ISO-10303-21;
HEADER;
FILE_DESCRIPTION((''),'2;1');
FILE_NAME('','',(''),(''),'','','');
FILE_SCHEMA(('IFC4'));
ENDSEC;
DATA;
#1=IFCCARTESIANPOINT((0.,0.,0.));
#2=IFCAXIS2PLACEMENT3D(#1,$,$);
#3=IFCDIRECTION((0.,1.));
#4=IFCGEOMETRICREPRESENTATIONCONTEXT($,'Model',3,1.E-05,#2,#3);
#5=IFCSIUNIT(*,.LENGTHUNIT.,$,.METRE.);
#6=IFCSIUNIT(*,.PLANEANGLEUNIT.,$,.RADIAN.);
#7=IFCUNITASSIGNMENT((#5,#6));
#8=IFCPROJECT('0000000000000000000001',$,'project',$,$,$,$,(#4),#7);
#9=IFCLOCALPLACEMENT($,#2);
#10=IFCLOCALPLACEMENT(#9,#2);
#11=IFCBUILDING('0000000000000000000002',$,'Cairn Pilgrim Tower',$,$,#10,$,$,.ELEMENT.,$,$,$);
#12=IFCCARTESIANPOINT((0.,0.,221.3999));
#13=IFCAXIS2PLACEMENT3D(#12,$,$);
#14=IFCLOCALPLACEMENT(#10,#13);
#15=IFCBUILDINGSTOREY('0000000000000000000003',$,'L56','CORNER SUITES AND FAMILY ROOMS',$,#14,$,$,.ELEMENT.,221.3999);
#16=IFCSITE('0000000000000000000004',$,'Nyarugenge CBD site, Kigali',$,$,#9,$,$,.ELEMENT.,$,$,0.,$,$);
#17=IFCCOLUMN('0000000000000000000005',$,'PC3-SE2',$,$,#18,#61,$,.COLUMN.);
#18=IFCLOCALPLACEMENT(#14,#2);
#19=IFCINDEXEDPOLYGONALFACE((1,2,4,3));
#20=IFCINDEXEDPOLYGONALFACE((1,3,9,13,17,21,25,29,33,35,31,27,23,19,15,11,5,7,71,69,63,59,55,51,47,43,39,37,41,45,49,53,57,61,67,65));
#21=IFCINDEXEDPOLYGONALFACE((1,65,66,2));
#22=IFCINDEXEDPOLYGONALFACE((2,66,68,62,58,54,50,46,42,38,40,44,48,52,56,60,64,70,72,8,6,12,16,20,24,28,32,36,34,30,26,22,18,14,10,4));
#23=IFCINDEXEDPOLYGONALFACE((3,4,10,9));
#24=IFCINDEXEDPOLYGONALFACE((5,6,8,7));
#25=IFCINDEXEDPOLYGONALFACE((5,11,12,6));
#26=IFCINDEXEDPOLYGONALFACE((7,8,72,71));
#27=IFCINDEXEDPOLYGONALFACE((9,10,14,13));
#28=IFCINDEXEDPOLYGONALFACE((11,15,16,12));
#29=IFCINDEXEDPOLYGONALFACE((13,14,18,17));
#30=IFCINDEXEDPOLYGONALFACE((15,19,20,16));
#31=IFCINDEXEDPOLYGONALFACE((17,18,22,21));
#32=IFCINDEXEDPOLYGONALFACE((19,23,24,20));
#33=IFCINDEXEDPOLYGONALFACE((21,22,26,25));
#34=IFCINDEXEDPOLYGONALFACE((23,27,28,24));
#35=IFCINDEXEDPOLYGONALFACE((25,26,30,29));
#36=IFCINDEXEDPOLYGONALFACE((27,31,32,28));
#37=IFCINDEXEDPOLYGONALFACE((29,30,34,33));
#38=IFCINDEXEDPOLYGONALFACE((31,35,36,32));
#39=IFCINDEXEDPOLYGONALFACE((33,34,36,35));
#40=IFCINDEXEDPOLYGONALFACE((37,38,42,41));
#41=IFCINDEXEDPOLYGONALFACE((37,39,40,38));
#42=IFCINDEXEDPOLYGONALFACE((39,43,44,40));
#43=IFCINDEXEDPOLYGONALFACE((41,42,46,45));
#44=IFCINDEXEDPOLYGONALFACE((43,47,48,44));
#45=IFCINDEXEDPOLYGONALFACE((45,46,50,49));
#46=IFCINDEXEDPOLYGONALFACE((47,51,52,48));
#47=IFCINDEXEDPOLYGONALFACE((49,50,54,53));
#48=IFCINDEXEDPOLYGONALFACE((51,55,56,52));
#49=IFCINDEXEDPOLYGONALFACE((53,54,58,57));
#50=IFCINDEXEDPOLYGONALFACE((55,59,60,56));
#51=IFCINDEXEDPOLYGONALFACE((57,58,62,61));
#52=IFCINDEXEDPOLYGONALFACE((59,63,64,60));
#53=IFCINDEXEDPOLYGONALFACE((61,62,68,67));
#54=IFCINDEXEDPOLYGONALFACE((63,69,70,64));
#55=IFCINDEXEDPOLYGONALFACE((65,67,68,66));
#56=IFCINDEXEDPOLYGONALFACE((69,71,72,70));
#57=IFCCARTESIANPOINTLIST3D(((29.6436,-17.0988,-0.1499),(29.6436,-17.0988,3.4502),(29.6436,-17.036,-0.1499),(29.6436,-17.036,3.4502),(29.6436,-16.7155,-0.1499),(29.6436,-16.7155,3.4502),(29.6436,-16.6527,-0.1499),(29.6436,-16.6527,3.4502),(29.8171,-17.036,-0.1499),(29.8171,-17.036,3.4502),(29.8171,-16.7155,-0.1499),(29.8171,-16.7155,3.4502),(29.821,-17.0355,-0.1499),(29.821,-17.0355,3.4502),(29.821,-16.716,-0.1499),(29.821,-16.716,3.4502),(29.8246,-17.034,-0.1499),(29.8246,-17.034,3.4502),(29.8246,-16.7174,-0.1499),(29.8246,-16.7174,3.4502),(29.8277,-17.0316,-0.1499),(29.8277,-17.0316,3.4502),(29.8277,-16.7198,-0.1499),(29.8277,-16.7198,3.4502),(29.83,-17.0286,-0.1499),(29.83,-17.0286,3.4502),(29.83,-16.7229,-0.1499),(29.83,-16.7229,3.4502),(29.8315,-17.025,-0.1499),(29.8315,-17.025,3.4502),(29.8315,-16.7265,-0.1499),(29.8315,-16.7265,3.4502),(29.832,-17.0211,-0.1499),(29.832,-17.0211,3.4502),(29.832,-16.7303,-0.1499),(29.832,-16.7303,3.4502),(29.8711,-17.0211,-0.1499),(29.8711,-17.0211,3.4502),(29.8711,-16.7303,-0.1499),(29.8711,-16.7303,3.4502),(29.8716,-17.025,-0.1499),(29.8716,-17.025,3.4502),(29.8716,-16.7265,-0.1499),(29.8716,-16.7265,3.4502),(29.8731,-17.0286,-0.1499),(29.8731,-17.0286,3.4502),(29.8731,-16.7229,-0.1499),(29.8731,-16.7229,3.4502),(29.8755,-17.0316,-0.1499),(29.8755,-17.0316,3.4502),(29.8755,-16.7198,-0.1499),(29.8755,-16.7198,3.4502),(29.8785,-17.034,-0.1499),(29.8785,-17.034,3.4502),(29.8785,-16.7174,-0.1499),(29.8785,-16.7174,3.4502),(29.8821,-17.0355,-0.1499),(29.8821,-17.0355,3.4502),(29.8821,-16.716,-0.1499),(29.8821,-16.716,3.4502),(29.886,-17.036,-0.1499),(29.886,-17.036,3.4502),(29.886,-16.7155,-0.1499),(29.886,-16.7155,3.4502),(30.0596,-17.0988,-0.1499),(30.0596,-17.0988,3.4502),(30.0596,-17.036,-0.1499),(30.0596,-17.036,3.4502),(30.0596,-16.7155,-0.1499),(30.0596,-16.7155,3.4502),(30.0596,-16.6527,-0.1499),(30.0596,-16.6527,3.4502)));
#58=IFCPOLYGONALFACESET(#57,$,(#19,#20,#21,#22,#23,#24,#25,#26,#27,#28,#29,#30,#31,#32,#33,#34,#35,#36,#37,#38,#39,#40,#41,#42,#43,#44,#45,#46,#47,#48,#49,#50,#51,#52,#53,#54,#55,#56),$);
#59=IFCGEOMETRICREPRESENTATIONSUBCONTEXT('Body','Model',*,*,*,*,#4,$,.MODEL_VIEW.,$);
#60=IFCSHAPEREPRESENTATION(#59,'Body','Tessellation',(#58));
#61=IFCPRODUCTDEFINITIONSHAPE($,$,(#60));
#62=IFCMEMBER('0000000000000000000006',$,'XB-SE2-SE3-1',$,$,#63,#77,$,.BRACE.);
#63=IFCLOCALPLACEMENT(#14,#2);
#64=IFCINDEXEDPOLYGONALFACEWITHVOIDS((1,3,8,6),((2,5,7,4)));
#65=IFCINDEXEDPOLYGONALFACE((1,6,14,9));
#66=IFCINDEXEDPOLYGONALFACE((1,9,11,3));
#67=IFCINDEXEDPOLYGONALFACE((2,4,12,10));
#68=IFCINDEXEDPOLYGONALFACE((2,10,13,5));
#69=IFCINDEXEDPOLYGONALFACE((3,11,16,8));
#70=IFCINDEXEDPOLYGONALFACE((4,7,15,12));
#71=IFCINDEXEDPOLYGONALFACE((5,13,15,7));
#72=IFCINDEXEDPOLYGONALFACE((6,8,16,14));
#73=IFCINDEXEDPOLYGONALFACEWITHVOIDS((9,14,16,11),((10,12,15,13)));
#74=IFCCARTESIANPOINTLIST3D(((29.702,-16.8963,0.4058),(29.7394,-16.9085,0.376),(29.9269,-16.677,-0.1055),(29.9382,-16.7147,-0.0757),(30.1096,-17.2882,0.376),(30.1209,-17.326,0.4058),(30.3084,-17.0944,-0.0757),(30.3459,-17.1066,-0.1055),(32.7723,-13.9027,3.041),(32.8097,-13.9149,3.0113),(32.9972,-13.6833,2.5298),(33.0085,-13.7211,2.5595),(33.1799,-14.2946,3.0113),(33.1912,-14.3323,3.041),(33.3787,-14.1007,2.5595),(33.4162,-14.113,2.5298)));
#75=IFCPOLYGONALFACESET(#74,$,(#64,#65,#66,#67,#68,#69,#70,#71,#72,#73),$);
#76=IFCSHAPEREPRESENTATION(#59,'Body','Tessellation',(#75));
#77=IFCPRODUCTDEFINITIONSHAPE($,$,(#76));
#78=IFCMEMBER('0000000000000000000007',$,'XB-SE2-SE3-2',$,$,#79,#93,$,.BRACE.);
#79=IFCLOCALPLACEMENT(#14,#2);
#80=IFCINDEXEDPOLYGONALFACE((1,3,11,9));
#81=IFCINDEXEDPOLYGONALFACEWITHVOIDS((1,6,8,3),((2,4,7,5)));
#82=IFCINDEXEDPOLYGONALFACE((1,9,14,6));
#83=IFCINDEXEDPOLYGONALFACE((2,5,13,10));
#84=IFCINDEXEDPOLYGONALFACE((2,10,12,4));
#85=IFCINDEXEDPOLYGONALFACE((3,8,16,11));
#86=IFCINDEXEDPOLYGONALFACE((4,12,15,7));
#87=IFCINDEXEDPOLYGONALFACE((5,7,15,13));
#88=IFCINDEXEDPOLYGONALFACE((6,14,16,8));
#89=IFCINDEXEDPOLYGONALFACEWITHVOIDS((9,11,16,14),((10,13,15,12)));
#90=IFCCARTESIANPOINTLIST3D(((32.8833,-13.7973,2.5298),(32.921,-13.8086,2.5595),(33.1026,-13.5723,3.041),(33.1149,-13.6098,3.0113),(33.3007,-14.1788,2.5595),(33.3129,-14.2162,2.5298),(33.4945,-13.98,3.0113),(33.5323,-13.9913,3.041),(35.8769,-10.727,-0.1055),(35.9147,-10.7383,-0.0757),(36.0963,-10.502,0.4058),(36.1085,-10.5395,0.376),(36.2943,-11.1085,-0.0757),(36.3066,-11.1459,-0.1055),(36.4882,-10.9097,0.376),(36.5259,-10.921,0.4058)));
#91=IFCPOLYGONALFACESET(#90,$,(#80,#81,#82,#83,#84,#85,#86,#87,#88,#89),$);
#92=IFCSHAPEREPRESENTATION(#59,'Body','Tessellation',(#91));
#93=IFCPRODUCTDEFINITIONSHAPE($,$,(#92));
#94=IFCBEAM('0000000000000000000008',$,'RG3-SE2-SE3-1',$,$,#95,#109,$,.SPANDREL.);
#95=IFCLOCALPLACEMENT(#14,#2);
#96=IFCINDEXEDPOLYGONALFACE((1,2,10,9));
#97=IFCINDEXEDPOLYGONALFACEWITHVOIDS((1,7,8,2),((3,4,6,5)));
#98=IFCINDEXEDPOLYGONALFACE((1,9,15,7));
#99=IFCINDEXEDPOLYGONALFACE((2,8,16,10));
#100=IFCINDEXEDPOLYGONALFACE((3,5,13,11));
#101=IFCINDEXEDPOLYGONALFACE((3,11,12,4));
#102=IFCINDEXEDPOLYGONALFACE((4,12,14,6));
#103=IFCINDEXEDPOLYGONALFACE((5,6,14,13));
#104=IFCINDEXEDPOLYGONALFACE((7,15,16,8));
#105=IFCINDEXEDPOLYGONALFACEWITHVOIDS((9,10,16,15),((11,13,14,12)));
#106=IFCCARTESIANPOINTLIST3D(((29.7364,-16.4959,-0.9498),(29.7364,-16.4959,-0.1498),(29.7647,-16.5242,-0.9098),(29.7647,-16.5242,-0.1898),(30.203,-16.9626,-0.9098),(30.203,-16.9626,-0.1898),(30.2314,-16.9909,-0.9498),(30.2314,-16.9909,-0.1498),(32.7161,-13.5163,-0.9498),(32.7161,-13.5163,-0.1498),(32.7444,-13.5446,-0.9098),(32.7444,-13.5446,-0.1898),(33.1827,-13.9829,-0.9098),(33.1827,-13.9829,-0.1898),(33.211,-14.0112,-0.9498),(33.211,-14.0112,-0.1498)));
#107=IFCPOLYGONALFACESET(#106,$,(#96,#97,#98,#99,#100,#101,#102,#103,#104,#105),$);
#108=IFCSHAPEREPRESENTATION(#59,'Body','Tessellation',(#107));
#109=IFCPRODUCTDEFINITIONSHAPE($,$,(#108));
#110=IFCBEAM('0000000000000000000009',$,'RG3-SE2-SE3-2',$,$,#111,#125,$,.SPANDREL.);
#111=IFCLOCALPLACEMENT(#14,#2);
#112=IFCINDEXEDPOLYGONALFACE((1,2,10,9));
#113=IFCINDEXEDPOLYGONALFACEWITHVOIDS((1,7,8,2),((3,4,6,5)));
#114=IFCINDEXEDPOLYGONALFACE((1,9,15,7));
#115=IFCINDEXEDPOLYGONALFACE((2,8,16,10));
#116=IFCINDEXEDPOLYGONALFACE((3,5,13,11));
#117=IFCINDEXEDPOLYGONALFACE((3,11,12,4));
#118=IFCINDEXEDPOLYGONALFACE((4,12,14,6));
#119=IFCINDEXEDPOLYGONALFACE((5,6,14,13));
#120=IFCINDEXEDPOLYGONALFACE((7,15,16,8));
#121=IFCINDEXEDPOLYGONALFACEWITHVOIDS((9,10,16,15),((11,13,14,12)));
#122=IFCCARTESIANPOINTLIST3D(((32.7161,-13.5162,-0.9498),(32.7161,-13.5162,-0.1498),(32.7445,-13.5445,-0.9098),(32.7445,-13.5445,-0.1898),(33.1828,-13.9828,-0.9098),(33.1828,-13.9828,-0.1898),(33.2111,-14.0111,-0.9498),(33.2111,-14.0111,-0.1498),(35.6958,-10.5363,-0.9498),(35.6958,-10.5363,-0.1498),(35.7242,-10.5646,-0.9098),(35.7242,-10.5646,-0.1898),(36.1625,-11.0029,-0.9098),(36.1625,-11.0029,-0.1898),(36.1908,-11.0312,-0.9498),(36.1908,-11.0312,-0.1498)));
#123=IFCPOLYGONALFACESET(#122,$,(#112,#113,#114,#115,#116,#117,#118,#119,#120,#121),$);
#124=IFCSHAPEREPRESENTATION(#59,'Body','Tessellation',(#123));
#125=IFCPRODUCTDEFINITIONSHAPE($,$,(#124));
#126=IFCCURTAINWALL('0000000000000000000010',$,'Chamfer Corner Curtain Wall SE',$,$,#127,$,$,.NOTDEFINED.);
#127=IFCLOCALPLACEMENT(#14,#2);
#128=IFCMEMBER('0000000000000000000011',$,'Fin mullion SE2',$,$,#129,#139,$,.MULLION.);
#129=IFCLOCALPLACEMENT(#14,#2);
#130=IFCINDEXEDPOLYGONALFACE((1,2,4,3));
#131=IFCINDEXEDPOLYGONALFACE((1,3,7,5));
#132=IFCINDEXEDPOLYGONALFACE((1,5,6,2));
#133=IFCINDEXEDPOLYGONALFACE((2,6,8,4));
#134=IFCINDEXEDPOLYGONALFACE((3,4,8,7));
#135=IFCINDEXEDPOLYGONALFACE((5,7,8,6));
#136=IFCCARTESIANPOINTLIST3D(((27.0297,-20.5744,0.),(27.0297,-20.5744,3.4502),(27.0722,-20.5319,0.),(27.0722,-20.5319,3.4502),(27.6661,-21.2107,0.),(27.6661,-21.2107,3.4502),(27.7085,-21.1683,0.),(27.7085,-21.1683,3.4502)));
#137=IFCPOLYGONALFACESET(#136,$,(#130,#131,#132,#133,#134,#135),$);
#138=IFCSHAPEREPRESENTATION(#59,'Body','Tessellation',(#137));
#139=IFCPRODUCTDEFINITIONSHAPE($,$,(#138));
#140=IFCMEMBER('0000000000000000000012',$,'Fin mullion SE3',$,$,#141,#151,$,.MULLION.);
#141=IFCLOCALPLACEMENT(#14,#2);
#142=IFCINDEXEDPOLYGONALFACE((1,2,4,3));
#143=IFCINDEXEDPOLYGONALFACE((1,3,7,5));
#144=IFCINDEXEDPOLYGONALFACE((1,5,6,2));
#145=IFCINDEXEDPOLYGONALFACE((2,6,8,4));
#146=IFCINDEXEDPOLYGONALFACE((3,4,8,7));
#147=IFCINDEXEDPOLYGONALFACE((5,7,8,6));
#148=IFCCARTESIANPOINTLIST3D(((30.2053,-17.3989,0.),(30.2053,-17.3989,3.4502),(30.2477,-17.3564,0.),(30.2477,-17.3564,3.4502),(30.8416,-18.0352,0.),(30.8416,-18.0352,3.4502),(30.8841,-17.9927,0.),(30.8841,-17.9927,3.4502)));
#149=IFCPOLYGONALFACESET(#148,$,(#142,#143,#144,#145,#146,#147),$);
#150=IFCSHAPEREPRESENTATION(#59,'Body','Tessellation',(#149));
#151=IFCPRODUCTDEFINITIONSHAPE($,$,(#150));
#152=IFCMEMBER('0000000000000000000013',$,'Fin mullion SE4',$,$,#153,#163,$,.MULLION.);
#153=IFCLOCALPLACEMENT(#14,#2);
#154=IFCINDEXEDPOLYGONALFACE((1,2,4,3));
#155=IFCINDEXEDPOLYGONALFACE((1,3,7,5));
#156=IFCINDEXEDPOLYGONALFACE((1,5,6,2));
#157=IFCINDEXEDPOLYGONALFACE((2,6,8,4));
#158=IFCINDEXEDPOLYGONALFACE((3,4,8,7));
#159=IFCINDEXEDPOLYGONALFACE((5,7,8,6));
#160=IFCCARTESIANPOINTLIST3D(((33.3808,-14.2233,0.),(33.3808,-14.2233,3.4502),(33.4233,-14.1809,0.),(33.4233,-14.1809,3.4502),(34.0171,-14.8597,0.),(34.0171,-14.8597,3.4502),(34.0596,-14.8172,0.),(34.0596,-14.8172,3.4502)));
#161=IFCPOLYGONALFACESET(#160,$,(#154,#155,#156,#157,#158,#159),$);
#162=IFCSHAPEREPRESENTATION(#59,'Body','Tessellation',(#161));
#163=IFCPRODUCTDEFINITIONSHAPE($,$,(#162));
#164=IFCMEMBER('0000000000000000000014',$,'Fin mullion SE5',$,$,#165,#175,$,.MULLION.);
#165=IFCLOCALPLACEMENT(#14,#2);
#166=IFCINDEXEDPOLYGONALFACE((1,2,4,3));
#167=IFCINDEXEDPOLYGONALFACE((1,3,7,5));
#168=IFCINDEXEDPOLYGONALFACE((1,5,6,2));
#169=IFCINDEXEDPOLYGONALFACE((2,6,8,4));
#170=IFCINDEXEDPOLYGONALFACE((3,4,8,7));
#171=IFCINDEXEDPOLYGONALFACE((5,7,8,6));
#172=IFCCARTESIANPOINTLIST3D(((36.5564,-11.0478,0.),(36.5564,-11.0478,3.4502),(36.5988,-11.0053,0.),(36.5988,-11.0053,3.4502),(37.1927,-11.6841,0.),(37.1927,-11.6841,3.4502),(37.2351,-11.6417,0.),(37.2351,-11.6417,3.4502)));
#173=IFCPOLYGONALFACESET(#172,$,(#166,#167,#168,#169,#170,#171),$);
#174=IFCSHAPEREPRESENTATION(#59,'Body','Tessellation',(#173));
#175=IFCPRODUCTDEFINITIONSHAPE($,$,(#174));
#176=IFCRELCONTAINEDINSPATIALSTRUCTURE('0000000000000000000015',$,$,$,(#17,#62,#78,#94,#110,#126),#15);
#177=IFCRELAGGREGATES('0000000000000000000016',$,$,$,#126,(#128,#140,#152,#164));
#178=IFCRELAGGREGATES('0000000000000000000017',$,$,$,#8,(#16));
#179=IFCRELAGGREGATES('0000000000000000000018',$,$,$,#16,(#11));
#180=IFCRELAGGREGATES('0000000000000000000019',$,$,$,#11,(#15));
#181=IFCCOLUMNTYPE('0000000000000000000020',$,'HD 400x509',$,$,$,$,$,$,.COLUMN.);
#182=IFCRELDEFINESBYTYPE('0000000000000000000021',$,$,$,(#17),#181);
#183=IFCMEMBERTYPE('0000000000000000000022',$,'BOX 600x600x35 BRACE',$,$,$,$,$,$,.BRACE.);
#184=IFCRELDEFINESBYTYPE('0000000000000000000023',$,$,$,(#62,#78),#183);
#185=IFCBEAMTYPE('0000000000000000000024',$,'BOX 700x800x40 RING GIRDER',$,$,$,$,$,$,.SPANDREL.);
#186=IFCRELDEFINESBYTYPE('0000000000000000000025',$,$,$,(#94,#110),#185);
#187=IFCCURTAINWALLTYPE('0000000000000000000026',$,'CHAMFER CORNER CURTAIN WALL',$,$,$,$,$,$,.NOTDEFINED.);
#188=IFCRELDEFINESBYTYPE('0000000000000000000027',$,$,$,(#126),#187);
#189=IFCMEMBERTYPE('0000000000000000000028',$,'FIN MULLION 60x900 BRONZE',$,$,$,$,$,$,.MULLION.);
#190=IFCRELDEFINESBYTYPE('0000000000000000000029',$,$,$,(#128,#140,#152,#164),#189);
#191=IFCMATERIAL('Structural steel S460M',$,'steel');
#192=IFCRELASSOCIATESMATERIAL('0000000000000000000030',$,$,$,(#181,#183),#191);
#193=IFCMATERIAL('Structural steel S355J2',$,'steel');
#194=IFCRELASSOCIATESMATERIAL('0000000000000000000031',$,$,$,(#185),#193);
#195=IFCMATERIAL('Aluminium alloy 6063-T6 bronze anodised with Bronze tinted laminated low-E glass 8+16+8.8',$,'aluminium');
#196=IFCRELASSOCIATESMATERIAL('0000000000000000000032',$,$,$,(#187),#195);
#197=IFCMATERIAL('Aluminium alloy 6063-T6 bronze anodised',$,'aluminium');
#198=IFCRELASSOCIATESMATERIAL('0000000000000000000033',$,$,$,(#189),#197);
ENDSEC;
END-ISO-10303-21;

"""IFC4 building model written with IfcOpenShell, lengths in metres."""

from ifc_helpers import new_model, si_unit, direction, frame, origin, origin_2d, place, context, subcontext, project, spatial, rectangle, hollow_rectangle, i_section, extrude, material, material_profile, profile_set, type_object, element, aggregate, save


model = new_model("IFC4")

# Units and contexts
model_context = context("Model", 3, precision=1e-05, world=origin(), true_north=direction((0.0, 1.0)))
body_context = subcontext(model_context, "Body", "Model", "MODEL_VIEW")
ifc_project = project(units=[si_unit("LENGTHUNIT", "METRE"), si_unit("PLANEANGLEUNIT", "RADIAN")], contexts=[model_context])

# Site, building, storey
site_placement = place(None, origin())
site = spatial("IfcSite", under=ifc_project, at=site_placement, Name="Nyarugenge CBD site, Kigali", CompositionType="ELEMENT", RefElevation=0.0)
building_placement = place(site_placement, origin())
building = spatial("IfcBuilding", under=site, at=building_placement, Name="Cairn Pilgrim Tower", CompositionType="ELEMENT")
storey_placement = place(building_placement, frame((0.0, 0.0, 221.3999)))
storey = spatial("IfcBuildingStorey", under=building, at=storey_placement, Name="L56", Description="CORNER SUITES AND FAMILY ROOMS", CompositionType="ELEMENT", Elevation=221.3999)

# Column
ifc_material_1 = material(Name="Structural steel S460M", Category="steel")
ifc_material_profile_1 = material_profile(ifc_material_1, i_section(OverallWidth=0.416, OverallDepth=0.446, WebThickness=0.0391, FlangeThickness=0.0627, FilletRadius=0.0149, at=origin_2d()), Name="HD 400x509")
ifc_profile_set_1 = profile_set([ifc_material_profile_1], Name="Structural steel S460M")
column_type = type_object("IfcColumnType", Name="HD 400x509", PredefinedType="COLUMN", material=ifc_profile_set_1)
column_placement = place(storey_placement, frame((29.8516, -16.8757, -0.1499), z_axis=(0.0, 0.0, 1.0), x_axis=(1.0, 0.0, 0.0)))
element("IfcColumn", 1, at=column_placement, inside=storey, type_object=column_type, Name="PC3-SE2", PredefinedType="COLUMN", context=body_context, shape_type="SweptSolid", body=[
    extrude(i_section(OverallWidth=0.416, OverallDepth=0.446, WebThickness=0.0391, FlangeThickness=0.0627, FilletRadius=0.0149, at=origin_2d()), origin(), (0.0, 0.0, 1.0), 3.6001),
])

# Members
ifc_material_profile_2 = material_profile(ifc_material_1, hollow_rectangle(XDim=0.6001, YDim=0.6001, WallThickness=0.0349, at=origin_2d()), Name="BOX 600x600x35")
ifc_profile_set_2 = profile_set([ifc_material_profile_2], Name="Structural steel S460M")
member_type_1 = type_object("IfcMemberType", Name="BOX 600x600x35 BRACE", PredefinedType="BRACE", material=ifc_profile_set_2)
for number, where, z_axis, x_axis, name in (
    (2, (30.0239, -17.0015, 0.1501), (0.610009, 0.594778, 0.523572), (-0.698112, 0.715989, 0.0), "XB-SE2-SE3-1"),
    (3, (36.2014, -10.824, 0.1501), (-0.594778, -0.610009, 0.523572), (0.715989, -0.698112, 0.0), "XB-SE2-SE3-2"),
):
    element("IfcMember", number, at=place(storey_placement, frame(where, z_axis=z_axis, x_axis=x_axis)), inside=storey, type_object=member_type_1, Name=name, PredefinedType="BRACE", context=body_context, shape_type="SweptSolid", body=[
        extrude(hollow_rectangle(XDim=0.6001, YDim=0.6001, WallThickness=0.0349, at=origin_2d()), origin(), (0.0, 0.0, 1.0), 5.0332),
    ])

# Beams
ifc_material_2 = material(Name="Structural steel S355J2", Category="steel")
ifc_material_profile_3 = material_profile(ifc_material_2, hollow_rectangle(XDim=0.7, YDim=0.8, WallThickness=0.04, at=origin_2d()), Name="BOX 700x800x40")
ifc_profile_set_3 = profile_set([ifc_material_profile_3], Name="Structural steel S355J2")
beam_type_1 = type_object("IfcBeamType", Name="BOX 700x800x40 RING GIRDER", PredefinedType="SPANDREL", material=ifc_profile_set_3)
beam_1_placement = place(storey_placement, frame((29.9839, -16.7434, -0.5498), z_axis=(0.707107, 0.707107, 0.0), x_axis=(-0.707107, 0.707107, 0.0)))
element("IfcBeam", 4, at=beam_1_placement, inside=storey, type_object=beam_type_1, Name="RG3-SE2-SE3-1", PredefinedType="SPANDREL", context=body_context, shape_type="SweptSolid", body=[
    extrude(hollow_rectangle(XDim=0.7, YDim=0.8, WallThickness=0.04, at=origin_2d()), origin(), (0.0, 0.0, 1.0), 4.2139),
])
beam_2_placement = place(storey_placement, frame((32.9636, -13.7637, -0.5498), z_axis=(0.707078, 0.707136, 0.0), x_axis=(-0.707136, 0.707078, 0.0)))
element("IfcBeam", 5, at=beam_2_placement, inside=storey, type_object=beam_type_1, Name="RG3-SE2-SE3-2", PredefinedType="SPANDREL", context=body_context, shape_type="SweptSolid", body=[
    extrude(hollow_rectangle(XDim=0.7, YDim=0.8, WallThickness=0.04, at=origin_2d()), origin(), (0.0, 0.0, 1.0), 4.2141),
])

# Curtain wall, members
ifc_material_3 = material(Name="Aluminium alloy 6063-T6 bronze anodised with Bronze tinted laminated low-E glass 8+16+8.8", Category="aluminium")
curtain_wall_type = type_object("IfcCurtainWallType", Name="CHAMFER CORNER CURTAIN WALL", PredefinedType="NOTDEFINED", material=ifc_material_3)
curtain_wall_placement = place(storey_placement, origin())
curtain_wall = element("IfcCurtainWall", 6, at=curtain_wall_placement, inside=storey, type_object=curtain_wall_type, Name="Chamfer Corner Curtain Wall SE", PredefinedType="NOTDEFINED")
ifc_material_4 = material(Name="Aluminium alloy 6063-T6 bronze anodised", Category="aluminium")
ifc_material_profile_4 = material_profile(ifc_material_4, rectangle(XDim=0.8999, YDim=0.0601, at=origin_2d()), Name="FIN MULLION 60x900 BRONZE")
ifc_profile_set_4 = profile_set([ifc_material_profile_4], Name="Aluminium alloy 6063-T6 bronze anodised")
member_type_2 = type_object("IfcMemberType", Name="FIN MULLION 60x900 BRONZE", PredefinedType="MULLION", material=ifc_profile_set_4)
member_1_placement = place(storey_placement, frame((27.3691, -20.8713, 0.0), z_axis=(0.0, 0.0, 1.0), x_axis=(0.707107, -0.707107, 0.0)))
member_1 = element("IfcMember", 7, at=member_1_placement, type_object=member_type_2, Name="Fin mullion SE2", PredefinedType="MULLION", context=body_context, shape_type="SweptSolid", body=[
    extrude(rectangle(XDim=0.8999, YDim=0.0601, at=origin_2d()), origin(), (0.0, 0.0, 1.0), 3.4502),
])
member_2_placement = place(storey_placement, frame((30.5447, -17.6958, 0.0), z_axis=(0.0, 0.0, 1.0), x_axis=(0.707107, -0.707107, 0.0)))
member_2 = element("IfcMember", 8, at=member_2_placement, type_object=member_type_2, Name="Fin mullion SE3", PredefinedType="MULLION", context=body_context, shape_type="SweptSolid", body=[
    extrude(rectangle(XDim=0.8999, YDim=0.0601, at=origin_2d()), origin(), (0.0, 0.0, 1.0), 3.4502),
])
member_3_placement = place(storey_placement, frame((33.7202, -14.5203, 0.0), z_axis=(0.0, 0.0, 1.0), x_axis=(0.707107, -0.707107, 0.0)))
member_3 = element("IfcMember", 9, at=member_3_placement, type_object=member_type_2, Name="Fin mullion SE4", PredefinedType="MULLION", context=body_context, shape_type="SweptSolid", body=[
    extrude(rectangle(XDim=0.8999, YDim=0.0601, at=origin_2d()), origin(), (0.0, 0.0, 1.0), 3.4502),
])
member_4_placement = place(storey_placement, frame((36.8958, -11.3447, 0.0), z_axis=(0.0, 0.0, 1.0), x_axis=(0.707107, -0.707107, 0.0)))
member_4 = element("IfcMember", 10, at=member_4_placement, type_object=member_type_2, Name="Fin mullion SE5", PredefinedType="MULLION", context=body_context, shape_type="SweptSolid", body=[
    extrude(rectangle(XDim=0.8999, YDim=0.0601, at=origin_2d()), origin(), (0.0, 0.0, 1.0), 3.4502),
])

aggregate(curtain_wall, [member_1, member_2, member_3, member_4])

save(model, "model.ifc")
